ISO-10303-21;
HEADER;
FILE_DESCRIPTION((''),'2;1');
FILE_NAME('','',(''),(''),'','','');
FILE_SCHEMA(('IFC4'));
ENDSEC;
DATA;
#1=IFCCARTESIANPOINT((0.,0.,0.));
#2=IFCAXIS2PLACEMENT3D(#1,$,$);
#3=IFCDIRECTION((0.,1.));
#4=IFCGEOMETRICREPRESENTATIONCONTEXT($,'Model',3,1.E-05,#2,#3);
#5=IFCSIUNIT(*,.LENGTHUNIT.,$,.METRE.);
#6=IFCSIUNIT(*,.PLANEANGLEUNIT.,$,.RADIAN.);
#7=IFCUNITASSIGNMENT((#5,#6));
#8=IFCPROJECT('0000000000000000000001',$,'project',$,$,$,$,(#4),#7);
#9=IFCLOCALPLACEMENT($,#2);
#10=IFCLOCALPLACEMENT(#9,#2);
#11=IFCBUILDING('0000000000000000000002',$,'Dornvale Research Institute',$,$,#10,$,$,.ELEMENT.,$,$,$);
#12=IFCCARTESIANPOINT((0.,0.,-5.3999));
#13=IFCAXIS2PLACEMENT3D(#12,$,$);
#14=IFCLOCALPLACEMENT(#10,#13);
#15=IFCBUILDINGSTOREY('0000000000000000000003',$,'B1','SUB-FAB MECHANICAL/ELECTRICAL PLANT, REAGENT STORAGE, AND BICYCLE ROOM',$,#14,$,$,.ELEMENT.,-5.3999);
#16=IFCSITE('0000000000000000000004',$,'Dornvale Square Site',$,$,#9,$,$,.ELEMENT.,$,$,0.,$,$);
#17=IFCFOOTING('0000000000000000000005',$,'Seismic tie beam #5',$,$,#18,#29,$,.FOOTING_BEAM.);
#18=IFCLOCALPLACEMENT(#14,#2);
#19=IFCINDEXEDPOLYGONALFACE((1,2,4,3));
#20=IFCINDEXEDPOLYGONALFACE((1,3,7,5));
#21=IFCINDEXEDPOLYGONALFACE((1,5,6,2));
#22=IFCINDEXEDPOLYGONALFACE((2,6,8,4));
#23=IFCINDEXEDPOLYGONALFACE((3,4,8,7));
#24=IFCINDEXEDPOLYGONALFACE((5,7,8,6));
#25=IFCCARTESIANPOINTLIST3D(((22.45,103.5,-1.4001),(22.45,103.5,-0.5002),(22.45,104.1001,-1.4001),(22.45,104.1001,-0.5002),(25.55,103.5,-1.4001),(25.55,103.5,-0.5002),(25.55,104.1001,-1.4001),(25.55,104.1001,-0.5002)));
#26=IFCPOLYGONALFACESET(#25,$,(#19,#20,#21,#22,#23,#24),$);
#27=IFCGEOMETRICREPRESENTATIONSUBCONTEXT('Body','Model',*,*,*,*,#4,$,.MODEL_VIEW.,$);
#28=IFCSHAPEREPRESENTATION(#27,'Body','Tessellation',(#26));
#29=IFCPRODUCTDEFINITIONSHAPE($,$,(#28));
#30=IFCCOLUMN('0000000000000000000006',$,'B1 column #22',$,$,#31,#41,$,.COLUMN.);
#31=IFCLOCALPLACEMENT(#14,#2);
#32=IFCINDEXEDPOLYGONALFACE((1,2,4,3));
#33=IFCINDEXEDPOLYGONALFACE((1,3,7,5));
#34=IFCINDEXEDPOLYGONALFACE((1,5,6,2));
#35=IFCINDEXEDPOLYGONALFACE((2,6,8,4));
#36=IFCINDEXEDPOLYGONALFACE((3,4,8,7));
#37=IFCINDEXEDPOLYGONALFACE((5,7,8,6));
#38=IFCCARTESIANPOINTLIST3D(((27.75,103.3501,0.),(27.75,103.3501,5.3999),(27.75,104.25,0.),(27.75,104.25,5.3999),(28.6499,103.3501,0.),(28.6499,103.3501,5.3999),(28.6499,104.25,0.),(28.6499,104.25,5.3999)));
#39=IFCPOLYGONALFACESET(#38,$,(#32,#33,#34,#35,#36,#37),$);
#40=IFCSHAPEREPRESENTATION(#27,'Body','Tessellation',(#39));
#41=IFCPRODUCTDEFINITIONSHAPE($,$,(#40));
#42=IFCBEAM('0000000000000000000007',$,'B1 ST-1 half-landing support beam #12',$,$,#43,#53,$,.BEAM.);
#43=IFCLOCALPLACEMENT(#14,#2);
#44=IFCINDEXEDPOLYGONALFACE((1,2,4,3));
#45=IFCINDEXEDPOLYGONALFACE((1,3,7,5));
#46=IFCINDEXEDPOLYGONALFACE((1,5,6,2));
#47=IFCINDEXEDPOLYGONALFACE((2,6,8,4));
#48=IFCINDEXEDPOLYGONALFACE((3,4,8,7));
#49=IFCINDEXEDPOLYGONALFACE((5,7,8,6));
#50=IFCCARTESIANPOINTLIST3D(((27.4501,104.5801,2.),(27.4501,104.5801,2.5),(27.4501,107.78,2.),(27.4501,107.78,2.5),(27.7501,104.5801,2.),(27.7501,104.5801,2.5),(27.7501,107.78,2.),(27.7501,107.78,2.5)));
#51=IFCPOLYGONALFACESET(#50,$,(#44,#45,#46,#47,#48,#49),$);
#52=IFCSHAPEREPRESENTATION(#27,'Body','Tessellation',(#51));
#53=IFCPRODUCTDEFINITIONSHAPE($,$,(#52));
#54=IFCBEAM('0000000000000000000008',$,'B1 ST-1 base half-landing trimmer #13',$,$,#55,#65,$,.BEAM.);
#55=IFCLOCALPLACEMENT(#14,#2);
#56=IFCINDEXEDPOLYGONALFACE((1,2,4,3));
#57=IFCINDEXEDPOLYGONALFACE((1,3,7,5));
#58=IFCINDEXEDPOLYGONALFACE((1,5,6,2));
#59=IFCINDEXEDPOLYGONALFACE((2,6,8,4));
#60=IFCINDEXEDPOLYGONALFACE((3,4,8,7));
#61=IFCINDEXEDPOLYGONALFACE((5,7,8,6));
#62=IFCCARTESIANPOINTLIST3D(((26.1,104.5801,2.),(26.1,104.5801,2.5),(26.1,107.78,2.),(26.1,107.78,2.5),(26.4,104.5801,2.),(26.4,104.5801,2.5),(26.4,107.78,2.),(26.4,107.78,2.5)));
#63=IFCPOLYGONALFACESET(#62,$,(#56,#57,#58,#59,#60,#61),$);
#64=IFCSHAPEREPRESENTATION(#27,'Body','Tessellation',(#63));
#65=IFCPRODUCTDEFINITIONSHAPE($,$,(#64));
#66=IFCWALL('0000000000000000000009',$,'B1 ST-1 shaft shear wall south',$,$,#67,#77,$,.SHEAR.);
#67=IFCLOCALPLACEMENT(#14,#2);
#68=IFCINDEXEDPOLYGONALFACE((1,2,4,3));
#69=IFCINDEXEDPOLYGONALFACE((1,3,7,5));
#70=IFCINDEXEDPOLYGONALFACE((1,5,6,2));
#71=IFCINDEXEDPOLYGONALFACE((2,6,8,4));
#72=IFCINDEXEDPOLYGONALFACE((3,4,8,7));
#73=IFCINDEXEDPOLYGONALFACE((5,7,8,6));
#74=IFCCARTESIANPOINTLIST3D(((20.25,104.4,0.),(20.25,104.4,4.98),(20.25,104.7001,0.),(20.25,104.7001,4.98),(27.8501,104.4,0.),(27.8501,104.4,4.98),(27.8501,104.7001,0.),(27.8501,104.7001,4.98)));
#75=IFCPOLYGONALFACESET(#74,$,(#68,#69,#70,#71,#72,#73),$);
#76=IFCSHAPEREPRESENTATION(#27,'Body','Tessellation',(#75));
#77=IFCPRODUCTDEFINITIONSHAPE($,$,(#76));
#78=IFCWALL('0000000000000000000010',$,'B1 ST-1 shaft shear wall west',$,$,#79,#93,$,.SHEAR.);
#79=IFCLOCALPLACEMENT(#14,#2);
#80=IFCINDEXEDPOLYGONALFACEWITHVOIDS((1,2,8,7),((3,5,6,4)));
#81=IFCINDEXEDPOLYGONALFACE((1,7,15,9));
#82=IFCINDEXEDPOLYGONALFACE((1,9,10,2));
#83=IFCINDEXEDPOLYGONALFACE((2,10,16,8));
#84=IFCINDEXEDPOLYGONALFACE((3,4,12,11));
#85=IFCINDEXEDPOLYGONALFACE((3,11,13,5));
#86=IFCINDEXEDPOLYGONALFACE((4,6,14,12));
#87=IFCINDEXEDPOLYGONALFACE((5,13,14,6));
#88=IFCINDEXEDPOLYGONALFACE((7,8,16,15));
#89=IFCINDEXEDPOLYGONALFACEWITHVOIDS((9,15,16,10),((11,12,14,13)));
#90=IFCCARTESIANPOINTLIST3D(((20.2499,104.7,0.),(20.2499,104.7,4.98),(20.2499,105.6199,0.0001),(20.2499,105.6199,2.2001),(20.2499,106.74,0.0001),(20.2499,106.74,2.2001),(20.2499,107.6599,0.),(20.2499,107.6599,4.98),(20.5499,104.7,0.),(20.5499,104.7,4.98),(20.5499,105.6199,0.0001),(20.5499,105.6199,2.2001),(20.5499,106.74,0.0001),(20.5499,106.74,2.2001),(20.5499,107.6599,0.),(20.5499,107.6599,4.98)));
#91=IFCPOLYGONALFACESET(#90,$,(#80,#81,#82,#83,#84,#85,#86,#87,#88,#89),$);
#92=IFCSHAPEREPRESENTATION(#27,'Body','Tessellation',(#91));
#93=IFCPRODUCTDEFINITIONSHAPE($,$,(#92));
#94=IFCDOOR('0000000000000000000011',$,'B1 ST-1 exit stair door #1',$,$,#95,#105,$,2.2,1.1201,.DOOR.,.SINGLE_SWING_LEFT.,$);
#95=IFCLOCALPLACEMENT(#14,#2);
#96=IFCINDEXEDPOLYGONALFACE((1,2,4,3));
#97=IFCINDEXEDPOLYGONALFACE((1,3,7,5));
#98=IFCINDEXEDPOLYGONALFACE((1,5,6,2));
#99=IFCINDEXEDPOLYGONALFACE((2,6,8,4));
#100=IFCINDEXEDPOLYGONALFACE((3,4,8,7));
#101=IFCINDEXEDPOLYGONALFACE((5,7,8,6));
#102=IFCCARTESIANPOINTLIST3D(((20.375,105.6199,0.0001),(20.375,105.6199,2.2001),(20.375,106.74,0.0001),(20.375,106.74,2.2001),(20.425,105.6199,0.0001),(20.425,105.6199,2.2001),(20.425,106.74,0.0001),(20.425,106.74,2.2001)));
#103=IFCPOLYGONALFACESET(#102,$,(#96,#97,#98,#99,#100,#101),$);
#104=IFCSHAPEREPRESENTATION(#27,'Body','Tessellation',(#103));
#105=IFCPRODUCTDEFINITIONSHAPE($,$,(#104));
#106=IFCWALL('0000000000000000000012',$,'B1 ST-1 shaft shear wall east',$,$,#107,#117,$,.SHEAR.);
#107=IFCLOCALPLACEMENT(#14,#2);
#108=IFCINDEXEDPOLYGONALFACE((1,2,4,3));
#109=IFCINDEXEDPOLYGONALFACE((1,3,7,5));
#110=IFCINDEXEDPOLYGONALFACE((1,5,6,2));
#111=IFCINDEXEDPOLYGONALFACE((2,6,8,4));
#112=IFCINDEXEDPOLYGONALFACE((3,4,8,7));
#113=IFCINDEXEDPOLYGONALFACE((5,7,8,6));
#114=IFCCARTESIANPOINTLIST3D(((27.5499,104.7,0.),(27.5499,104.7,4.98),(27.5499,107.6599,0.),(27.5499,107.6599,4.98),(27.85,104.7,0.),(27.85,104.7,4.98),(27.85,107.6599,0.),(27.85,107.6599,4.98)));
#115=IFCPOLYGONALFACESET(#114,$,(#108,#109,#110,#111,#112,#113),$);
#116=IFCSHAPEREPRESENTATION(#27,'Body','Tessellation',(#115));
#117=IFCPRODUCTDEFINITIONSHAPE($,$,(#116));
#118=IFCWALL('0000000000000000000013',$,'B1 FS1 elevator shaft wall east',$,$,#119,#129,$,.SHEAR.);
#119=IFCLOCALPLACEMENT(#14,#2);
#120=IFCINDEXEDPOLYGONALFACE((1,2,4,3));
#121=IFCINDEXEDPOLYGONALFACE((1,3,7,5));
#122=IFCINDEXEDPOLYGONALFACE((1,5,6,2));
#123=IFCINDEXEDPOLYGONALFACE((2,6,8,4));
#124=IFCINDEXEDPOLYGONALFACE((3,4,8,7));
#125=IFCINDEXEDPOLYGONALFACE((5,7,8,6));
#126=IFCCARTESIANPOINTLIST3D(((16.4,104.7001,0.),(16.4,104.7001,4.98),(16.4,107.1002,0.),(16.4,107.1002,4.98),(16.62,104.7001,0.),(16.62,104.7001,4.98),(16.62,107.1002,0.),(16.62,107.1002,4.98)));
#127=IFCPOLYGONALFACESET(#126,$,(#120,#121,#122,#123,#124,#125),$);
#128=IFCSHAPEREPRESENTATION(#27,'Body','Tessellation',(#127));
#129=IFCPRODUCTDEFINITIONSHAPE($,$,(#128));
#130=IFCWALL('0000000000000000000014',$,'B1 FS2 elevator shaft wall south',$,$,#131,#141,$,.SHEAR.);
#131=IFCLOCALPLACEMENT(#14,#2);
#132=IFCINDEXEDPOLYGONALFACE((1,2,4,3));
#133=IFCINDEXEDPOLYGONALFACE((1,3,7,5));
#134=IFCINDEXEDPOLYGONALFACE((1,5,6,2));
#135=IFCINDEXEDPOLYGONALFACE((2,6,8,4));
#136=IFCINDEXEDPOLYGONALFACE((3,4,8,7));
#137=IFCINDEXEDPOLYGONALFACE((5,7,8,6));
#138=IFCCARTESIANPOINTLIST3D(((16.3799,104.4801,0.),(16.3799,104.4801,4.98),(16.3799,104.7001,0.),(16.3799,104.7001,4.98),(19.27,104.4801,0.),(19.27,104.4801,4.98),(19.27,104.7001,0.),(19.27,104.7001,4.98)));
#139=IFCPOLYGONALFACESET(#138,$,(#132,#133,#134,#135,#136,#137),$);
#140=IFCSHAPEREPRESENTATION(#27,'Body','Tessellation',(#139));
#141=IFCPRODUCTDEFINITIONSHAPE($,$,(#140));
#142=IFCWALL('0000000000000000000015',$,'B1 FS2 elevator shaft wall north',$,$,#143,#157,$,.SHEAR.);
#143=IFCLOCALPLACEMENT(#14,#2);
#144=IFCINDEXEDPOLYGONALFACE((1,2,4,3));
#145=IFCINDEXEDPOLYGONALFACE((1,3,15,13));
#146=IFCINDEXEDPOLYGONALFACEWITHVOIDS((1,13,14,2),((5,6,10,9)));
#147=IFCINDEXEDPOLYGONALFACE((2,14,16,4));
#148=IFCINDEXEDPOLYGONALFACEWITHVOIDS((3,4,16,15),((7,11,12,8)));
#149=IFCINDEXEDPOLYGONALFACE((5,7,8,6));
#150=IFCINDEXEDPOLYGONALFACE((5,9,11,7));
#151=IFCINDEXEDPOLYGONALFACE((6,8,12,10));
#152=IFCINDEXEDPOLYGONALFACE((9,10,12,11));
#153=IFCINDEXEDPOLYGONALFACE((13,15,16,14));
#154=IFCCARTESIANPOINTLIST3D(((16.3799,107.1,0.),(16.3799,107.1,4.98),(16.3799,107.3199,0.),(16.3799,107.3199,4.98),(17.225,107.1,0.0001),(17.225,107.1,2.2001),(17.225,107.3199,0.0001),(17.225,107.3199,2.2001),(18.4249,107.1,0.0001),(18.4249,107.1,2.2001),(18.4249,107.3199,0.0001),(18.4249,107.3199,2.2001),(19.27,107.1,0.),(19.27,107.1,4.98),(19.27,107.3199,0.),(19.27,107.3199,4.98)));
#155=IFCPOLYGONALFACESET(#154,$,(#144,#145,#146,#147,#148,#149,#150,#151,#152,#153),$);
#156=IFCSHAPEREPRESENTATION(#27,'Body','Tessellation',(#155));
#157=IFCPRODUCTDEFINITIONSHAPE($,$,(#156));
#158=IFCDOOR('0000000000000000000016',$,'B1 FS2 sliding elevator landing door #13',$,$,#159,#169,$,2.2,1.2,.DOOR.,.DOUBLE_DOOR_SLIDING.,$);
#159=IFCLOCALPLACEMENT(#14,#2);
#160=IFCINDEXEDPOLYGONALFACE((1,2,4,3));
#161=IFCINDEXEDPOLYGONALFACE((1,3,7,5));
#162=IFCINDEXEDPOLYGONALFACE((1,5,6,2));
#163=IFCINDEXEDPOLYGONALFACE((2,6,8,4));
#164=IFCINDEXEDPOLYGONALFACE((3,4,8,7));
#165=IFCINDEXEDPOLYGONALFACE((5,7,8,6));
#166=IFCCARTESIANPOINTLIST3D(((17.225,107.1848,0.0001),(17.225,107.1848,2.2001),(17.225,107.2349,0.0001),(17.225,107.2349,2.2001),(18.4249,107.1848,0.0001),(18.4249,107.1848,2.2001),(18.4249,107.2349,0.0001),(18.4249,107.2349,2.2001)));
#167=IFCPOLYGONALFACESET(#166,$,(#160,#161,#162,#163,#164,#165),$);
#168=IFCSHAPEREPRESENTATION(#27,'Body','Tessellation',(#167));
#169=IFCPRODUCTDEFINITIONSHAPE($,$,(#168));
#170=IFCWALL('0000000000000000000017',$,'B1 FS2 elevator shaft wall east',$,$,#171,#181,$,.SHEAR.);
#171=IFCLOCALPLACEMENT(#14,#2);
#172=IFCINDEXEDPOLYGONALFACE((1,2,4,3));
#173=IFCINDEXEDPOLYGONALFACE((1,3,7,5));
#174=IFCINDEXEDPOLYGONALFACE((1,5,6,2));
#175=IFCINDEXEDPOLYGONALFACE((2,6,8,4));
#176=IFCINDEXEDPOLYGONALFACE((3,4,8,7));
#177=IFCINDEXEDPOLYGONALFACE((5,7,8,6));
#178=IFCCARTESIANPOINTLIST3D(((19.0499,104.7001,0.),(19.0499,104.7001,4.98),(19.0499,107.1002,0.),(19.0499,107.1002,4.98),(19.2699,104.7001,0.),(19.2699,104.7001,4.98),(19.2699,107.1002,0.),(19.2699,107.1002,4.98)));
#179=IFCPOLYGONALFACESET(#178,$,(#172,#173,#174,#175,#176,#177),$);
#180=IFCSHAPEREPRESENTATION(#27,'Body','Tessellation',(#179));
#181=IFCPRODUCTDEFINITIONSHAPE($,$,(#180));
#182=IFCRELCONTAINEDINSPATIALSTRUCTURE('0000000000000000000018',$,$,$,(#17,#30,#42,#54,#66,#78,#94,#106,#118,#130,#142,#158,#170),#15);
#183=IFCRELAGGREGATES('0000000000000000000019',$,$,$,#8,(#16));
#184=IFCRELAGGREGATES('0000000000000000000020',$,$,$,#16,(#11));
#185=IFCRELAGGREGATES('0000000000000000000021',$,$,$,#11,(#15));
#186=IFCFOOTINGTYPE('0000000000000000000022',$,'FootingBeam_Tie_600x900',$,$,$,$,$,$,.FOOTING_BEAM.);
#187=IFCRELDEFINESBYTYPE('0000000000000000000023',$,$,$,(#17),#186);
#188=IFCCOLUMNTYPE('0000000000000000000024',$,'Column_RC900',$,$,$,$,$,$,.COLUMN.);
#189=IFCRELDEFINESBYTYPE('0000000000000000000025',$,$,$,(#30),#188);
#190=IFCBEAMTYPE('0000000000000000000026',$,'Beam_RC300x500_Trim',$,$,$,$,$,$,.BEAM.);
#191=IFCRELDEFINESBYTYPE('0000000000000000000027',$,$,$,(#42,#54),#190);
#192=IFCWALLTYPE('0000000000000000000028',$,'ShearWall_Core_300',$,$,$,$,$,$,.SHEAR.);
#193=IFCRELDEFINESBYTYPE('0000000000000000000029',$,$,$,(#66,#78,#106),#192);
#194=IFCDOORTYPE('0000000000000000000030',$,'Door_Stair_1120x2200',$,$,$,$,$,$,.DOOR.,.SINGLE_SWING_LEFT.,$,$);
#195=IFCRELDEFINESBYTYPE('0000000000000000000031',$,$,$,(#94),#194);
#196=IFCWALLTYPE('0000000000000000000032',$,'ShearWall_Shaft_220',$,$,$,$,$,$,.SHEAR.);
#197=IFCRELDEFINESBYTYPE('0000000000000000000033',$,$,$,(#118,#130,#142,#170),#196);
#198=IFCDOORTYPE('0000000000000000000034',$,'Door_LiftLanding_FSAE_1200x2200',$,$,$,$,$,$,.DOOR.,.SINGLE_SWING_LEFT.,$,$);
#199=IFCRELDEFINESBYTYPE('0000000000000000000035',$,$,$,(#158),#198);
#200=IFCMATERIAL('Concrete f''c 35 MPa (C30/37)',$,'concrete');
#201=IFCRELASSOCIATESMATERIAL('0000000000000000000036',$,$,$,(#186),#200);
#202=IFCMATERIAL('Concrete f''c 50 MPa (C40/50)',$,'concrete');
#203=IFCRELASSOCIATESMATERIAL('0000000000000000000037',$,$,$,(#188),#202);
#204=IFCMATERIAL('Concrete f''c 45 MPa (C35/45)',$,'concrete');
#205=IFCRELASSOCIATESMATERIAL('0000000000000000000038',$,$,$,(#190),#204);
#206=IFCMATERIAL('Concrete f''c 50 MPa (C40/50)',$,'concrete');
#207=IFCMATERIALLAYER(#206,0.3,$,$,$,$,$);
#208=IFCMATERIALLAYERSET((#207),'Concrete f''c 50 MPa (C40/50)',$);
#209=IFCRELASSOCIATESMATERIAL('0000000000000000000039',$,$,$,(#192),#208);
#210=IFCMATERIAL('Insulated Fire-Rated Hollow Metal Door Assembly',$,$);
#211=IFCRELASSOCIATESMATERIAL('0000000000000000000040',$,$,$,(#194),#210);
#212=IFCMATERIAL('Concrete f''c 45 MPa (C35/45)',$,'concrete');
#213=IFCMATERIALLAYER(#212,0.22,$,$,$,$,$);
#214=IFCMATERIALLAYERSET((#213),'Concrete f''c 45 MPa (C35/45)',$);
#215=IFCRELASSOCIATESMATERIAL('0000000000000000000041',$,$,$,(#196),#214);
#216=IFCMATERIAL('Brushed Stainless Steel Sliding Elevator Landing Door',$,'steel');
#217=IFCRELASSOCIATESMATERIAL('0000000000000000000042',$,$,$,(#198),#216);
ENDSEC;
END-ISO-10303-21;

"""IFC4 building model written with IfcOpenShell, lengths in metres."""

from ifc_helpers import new_model, si_unit, direction, frame, frame_2d, origin, origin_2d, place, context, subcontext, project, spatial, rectangle, extrude, material, layer, layer_set, material_profile, profile_set, type_object, element, fill, save


model = new_model("IFC4")

# Units and contexts
model_context = context("Model", 3, precision=1e-05, world=origin(), true_north=direction((0.0, 1.0)))
body_context = subcontext(model_context, "Body", "Model", "MODEL_VIEW")
ifc_project = project(units=[si_unit("LENGTHUNIT", "METRE"), si_unit("PLANEANGLEUNIT", "RADIAN")], contexts=[model_context])

# Site, building, storey
site_placement = place(None, origin())
site = spatial("IfcSite", under=ifc_project, at=site_placement, Name="Dornvale Square Site", CompositionType="ELEMENT", RefElevation=0.0)
building_placement = place(site_placement, origin())
building = spatial("IfcBuilding", under=site, at=building_placement, Name="Dornvale Research Institute", CompositionType="ELEMENT")
storey_placement = place(building_placement, frame((0.0, 0.0, -5.3999)))
storey = spatial("IfcBuildingStorey", under=building, at=storey_placement, Name="B1", Description="SUB-FAB MECHANICAL/ELECTRICAL PLANT, REAGENT STORAGE, AND BICYCLE ROOM", CompositionType="ELEMENT", Elevation=-5.3999)

# Footing
ifc_material_1 = material(Name="Concrete f'c 35 MPa (C30/37)", Category="concrete")
footing_type = type_object("IfcFootingType", Name="FootingBeam_Tie_600x900", PredefinedType="FOOTING_BEAM", material=ifc_material_1)
footing_placement = place(storey_placement, frame((24.0, 103.8, -1.4001), z_axis=(0.0, 0.0, 1.0), x_axis=(1.0, 0.0, 0.0)))
element("IfcFooting", 1, at=footing_placement, inside=storey, type_object=footing_type, Name="Seismic tie beam #5", PredefinedType="FOOTING_BEAM", context=body_context, shape_type="SweptSolid", body=[
    extrude(rectangle(XDim=3.1001, YDim=0.6001, at=origin_2d()), origin(), (0.0, 0.0, 1.0), 0.8999),
])

# Column
ifc_material_2 = material(Name="Concrete f'c 50 MPa (C40/50)", Category="concrete")
ifc_material_profile_1 = material_profile(ifc_material_2, rectangle(XDim=0.8999, YDim=0.8999, at=origin_2d()), Name="RC 900x900")
ifc_profile_set_1 = profile_set([ifc_material_profile_1], Name="Concrete f'c 50 MPa (C40/50)")
column_type = type_object("IfcColumnType", Name="Column_RC900", PredefinedType="COLUMN", material=ifc_profile_set_1)
column_placement = place(storey_placement, frame((28.2, 103.8, 0.0), z_axis=(0.0, 0.0, 1.0), x_axis=(1.0, 0.0, 0.0)))
element("IfcColumn", 2, at=column_placement, inside=storey, type_object=column_type, Name="B1 column #22", PredefinedType="COLUMN", context=body_context, shape_type="SweptSolid", body=[
    extrude(rectangle(XDim=0.8999, YDim=0.8999, at=origin_2d()), origin(), (0.0, 0.0, 1.0), 5.3999),
])

# Beams
ifc_material_3 = material(Name="Concrete f'c 45 MPa (C35/45)", Category="concrete")
ifc_material_profile_2 = material_profile(ifc_material_3, rectangle(XDim=0.3, YDim=0.5, at=origin_2d()), Name="RC 300x500")
ifc_profile_set_2 = profile_set([ifc_material_profile_2], Name="Concrete f'c 45 MPa (C35/45)")
beam_type = type_object("IfcBeamType", Name="Beam_RC300x500_Trim", PredefinedType="BEAM", material=ifc_profile_set_2)
for number, where, z_axis, x_axis, name in (
    (3, (27.6001, 104.5801, 2.25), (0.0, 1.0, 0.0), (-1.0, 0.0, 0.0), "B1 ST-1 half-landing support beam #12"),
    (4, (26.25, 104.5801, 2.25), (0.0, 1.0, 0.0), (-1.0, 0.0, 0.0), "B1 ST-1 base half-landing trimmer #13"),
):
    element("IfcBeam", number, at=place(storey_placement, frame(where, z_axis=z_axis, x_axis=x_axis)), inside=storey, type_object=beam_type, Name=name, PredefinedType="BEAM", context=body_context, shape_type="SweptSolid", body=[
        extrude(rectangle(XDim=0.3, YDim=0.5, at=origin_2d()), origin(), (0.0, 0.0, 1.0), 3.2),
    ])

# Wall
ifc_material_4 = material(Name="Concrete f'c 50 MPa (C40/50)", Category="concrete")
ifc_layer_1 = layer(ifc_material_4, 0.3)
ifc_layer_set_1 = layer_set([ifc_layer_1], Name="Concrete f'c 50 MPa (C40/50)")
wall_type_1 = type_object("IfcWallType", Name="ShearWall_Core_300", PredefinedType="SHEAR", material=ifc_layer_set_1)
wall_1_placement = place(storey_placement, frame((20.25, 104.55, 0.0), z_axis=(0.0, 0.0, 1.0), x_axis=(1.0, 0.0, 0.0)))
element("IfcWall", 5, at=wall_1_placement, inside=storey, type_object=wall_type_1, Name="B1 ST-1 shaft shear wall south", PredefinedType="SHEAR", context=body_context, shape_type="SweptSolid", body=[
    extrude(rectangle(XDim=7.6001, YDim=0.3, at=frame_2d((3.8, 0.0))), origin(), (0.0, 0.0, 1.0), 4.98),
])

# Wall, opening, door
wall_2_placement = place(storey_placement, frame((20.3999, 104.7, 0.0), z_axis=(0.0, 0.0, 1.0), x_axis=(0.0, 1.0, 0.0)))
wall_2 = element("IfcWall", 6, at=wall_2_placement, inside=storey, type_object=wall_type_1, Name="B1 ST-1 shaft shear wall west", PredefinedType="SHEAR", context=body_context, shape_type="SweptSolid", body=[
    extrude(rectangle(XDim=2.96, YDim=0.3, at=frame_2d((1.48, 0.0))), origin(), (0.0, 0.0, 1.0), 4.98),
])
opening_1_placement = place(wall_2_placement, frame((0.9199, 0.0, 0.0)))
opening_1 = element("IfcOpeningElement", 7, at=opening_1_placement, cuts=wall_2, PredefinedType="OPENING", context=body_context, shape_type="SweptSolid", body=[
    extrude(rectangle(XDim=1.1201, YDim=2.2, at=frame_2d((0.5601, 1.1001))), frame((0.0, 0.165, 0.0), z_axis=(0.0, -1.0, 0.0), x_axis=(1.0, 0.0, 0.0)), (0.0, 0.0, 1.0), 0.3301),
])
ifc_material_5 = material(Name="Insulated Fire-Rated Hollow Metal Door Assembly")
door_type_1 = type_object("IfcDoorType", Name="Door_Stair_1120x2200", OperationType="SINGLE_SWING_LEFT", PredefinedType="DOOR", material=ifc_material_5)
door_1_placement = place(opening_1_placement, origin())
door_1 = element("IfcDoor", 8, at=door_1_placement, inside=storey, type_object=door_type_1, Name="B1 ST-1 exit stair door #1", OperationType="SINGLE_SWING_LEFT", OverallHeight=2.2, OverallWidth=1.1201, PredefinedType="DOOR", context=body_context, shape_type="SweptSolid", body=[
    extrude(rectangle(XDim=1.1201, YDim=2.2, at=frame_2d((0.5601, 1.1001))), frame((0.0, 0.0249, 0.0), z_axis=(0.0, -1.0, 0.0), x_axis=(1.0, 0.0, 0.0)), (0.0, 0.0, 1.0), 0.05),
])
fill(opening_1, door_1)

# Walls
wall_3_placement = place(storey_placement, frame((27.7, 104.7, 0.0), z_axis=(0.0, 0.0, 1.0), x_axis=(0.0, 1.0, 0.0)))
element("IfcWall", 9, at=wall_3_placement, inside=storey, type_object=wall_type_1, Name="B1 ST-1 shaft shear wall east", PredefinedType="SHEAR", context=body_context, shape_type="SweptSolid", body=[
    extrude(rectangle(XDim=2.96, YDim=0.3, at=frame_2d((1.48, 0.0))), origin(), (0.0, 0.0, 1.0), 4.98),
])
ifc_material_6 = material(Name="Concrete f'c 45 MPa (C35/45)", Category="concrete")
ifc_layer_2 = layer(ifc_material_6, 0.22)
ifc_layer_set_2 = layer_set([ifc_layer_2], Name="Concrete f'c 45 MPa (C35/45)")
wall_type_2 = type_object("IfcWallType", Name="ShearWall_Shaft_220", PredefinedType="SHEAR", material=ifc_layer_set_2)
wall_4_placement = place(storey_placement, frame((16.51, 104.7, 0.0), z_axis=(0.0, 0.0, 1.0), x_axis=(0.0, 1.0, 0.0)))
element("IfcWall", 10, at=wall_4_placement, inside=storey, type_object=wall_type_2, Name="B1 FS1 elevator shaft wall east", PredefinedType="SHEAR", context=body_context, shape_type="SweptSolid", body=[
    extrude(rectangle(XDim=2.4001, YDim=0.22, at=frame_2d((1.2002, 0.0))), origin(), (0.0, 0.0, 1.0), 4.98),
])
wall_5_placement = place(storey_placement, frame((16.3799, 104.5901, 0.0), z_axis=(0.0, 0.0, 1.0), x_axis=(1.0, 0.0, 0.0)))
element("IfcWall", 11, at=wall_5_placement, inside=storey, type_object=wall_type_2, Name="B1 FS2 elevator shaft wall south", PredefinedType="SHEAR", context=body_context, shape_type="SweptSolid", body=[
    extrude(rectangle(XDim=2.8901, YDim=0.22, at=frame_2d((1.4451, 0.0))), origin(), (0.0, 0.0, 1.0), 4.98),
])

# Wall, opening, door
wall_6_placement = place(storey_placement, frame((16.3799, 107.21, 0.0), z_axis=(0.0, 0.0, 1.0), x_axis=(1.0, 0.0, 0.0)))
wall_6 = element("IfcWall", 12, at=wall_6_placement, inside=storey, type_object=wall_type_2, Name="B1 FS2 elevator shaft wall north", PredefinedType="SHEAR", context=body_context, shape_type="SweptSolid", body=[
    extrude(rectangle(XDim=2.8901, YDim=0.22, at=frame_2d((1.4451, 0.0))), origin(), (0.0, 0.0, 1.0), 4.98),
])
opening_2_placement = place(wall_6_placement, frame((0.845, 0.0, 0.0)))
opening_2 = element("IfcOpeningElement", 13, at=opening_2_placement, cuts=wall_6, PredefinedType="OPENING", context=body_context, shape_type="SweptSolid", body=[
    extrude(rectangle(XDim=1.2, YDim=2.2, at=frame_2d((0.6001, 1.1001))), frame((0.0, 0.125, 0.0), z_axis=(0.0, -1.0, 0.0), x_axis=(1.0, 0.0, 0.0)), (0.0, 0.0, 1.0), 0.25),
])
ifc_material_7 = material(Name="Brushed Stainless Steel Sliding Elevator Landing Door", Category="steel")
door_type_2 = type_object("IfcDoorType", Name="Door_LiftLanding_FSAE_1200x2200", OperationType="SINGLE_SWING_LEFT", PredefinedType="DOOR", material=ifc_material_7)
door_2_placement = place(opening_2_placement, origin())
door_2 = element("IfcDoor", 14, at=door_2_placement, inside=storey, type_object=door_type_2, Name="B1 FS2 sliding elevator landing door #13", OperationType="DOUBLE_DOOR_SLIDING", OverallHeight=2.2, OverallWidth=1.2, PredefinedType="DOOR", context=body_context, shape_type="SweptSolid", body=[
    extrude(rectangle(XDim=1.2, YDim=2.2, at=frame_2d((0.6001, 1.1001))), frame((0.0, 0.0249, 0.0), z_axis=(0.0, -1.0, 0.0), x_axis=(1.0, 0.0, 0.0)), (0.0, 0.0, 1.0), 0.05),
])
fill(opening_2, door_2)

# Wall
wall_7_placement = place(storey_placement, frame((19.1599, 104.7, 0.0), z_axis=(0.0, 0.0, 1.0), x_axis=(0.0, 1.0, 0.0)))
element("IfcWall", 15, at=wall_7_placement, inside=storey, type_object=wall_type_2, Name="B1 FS2 elevator shaft wall east", PredefinedType="SHEAR", context=body_context, shape_type="SweptSolid", body=[
    extrude(rectangle(XDim=2.4001, YDim=0.22, at=frame_2d((1.2002, 0.0))), origin(), (0.0, 0.0, 1.0), 4.98),
])

save(model, "model.ifc")
